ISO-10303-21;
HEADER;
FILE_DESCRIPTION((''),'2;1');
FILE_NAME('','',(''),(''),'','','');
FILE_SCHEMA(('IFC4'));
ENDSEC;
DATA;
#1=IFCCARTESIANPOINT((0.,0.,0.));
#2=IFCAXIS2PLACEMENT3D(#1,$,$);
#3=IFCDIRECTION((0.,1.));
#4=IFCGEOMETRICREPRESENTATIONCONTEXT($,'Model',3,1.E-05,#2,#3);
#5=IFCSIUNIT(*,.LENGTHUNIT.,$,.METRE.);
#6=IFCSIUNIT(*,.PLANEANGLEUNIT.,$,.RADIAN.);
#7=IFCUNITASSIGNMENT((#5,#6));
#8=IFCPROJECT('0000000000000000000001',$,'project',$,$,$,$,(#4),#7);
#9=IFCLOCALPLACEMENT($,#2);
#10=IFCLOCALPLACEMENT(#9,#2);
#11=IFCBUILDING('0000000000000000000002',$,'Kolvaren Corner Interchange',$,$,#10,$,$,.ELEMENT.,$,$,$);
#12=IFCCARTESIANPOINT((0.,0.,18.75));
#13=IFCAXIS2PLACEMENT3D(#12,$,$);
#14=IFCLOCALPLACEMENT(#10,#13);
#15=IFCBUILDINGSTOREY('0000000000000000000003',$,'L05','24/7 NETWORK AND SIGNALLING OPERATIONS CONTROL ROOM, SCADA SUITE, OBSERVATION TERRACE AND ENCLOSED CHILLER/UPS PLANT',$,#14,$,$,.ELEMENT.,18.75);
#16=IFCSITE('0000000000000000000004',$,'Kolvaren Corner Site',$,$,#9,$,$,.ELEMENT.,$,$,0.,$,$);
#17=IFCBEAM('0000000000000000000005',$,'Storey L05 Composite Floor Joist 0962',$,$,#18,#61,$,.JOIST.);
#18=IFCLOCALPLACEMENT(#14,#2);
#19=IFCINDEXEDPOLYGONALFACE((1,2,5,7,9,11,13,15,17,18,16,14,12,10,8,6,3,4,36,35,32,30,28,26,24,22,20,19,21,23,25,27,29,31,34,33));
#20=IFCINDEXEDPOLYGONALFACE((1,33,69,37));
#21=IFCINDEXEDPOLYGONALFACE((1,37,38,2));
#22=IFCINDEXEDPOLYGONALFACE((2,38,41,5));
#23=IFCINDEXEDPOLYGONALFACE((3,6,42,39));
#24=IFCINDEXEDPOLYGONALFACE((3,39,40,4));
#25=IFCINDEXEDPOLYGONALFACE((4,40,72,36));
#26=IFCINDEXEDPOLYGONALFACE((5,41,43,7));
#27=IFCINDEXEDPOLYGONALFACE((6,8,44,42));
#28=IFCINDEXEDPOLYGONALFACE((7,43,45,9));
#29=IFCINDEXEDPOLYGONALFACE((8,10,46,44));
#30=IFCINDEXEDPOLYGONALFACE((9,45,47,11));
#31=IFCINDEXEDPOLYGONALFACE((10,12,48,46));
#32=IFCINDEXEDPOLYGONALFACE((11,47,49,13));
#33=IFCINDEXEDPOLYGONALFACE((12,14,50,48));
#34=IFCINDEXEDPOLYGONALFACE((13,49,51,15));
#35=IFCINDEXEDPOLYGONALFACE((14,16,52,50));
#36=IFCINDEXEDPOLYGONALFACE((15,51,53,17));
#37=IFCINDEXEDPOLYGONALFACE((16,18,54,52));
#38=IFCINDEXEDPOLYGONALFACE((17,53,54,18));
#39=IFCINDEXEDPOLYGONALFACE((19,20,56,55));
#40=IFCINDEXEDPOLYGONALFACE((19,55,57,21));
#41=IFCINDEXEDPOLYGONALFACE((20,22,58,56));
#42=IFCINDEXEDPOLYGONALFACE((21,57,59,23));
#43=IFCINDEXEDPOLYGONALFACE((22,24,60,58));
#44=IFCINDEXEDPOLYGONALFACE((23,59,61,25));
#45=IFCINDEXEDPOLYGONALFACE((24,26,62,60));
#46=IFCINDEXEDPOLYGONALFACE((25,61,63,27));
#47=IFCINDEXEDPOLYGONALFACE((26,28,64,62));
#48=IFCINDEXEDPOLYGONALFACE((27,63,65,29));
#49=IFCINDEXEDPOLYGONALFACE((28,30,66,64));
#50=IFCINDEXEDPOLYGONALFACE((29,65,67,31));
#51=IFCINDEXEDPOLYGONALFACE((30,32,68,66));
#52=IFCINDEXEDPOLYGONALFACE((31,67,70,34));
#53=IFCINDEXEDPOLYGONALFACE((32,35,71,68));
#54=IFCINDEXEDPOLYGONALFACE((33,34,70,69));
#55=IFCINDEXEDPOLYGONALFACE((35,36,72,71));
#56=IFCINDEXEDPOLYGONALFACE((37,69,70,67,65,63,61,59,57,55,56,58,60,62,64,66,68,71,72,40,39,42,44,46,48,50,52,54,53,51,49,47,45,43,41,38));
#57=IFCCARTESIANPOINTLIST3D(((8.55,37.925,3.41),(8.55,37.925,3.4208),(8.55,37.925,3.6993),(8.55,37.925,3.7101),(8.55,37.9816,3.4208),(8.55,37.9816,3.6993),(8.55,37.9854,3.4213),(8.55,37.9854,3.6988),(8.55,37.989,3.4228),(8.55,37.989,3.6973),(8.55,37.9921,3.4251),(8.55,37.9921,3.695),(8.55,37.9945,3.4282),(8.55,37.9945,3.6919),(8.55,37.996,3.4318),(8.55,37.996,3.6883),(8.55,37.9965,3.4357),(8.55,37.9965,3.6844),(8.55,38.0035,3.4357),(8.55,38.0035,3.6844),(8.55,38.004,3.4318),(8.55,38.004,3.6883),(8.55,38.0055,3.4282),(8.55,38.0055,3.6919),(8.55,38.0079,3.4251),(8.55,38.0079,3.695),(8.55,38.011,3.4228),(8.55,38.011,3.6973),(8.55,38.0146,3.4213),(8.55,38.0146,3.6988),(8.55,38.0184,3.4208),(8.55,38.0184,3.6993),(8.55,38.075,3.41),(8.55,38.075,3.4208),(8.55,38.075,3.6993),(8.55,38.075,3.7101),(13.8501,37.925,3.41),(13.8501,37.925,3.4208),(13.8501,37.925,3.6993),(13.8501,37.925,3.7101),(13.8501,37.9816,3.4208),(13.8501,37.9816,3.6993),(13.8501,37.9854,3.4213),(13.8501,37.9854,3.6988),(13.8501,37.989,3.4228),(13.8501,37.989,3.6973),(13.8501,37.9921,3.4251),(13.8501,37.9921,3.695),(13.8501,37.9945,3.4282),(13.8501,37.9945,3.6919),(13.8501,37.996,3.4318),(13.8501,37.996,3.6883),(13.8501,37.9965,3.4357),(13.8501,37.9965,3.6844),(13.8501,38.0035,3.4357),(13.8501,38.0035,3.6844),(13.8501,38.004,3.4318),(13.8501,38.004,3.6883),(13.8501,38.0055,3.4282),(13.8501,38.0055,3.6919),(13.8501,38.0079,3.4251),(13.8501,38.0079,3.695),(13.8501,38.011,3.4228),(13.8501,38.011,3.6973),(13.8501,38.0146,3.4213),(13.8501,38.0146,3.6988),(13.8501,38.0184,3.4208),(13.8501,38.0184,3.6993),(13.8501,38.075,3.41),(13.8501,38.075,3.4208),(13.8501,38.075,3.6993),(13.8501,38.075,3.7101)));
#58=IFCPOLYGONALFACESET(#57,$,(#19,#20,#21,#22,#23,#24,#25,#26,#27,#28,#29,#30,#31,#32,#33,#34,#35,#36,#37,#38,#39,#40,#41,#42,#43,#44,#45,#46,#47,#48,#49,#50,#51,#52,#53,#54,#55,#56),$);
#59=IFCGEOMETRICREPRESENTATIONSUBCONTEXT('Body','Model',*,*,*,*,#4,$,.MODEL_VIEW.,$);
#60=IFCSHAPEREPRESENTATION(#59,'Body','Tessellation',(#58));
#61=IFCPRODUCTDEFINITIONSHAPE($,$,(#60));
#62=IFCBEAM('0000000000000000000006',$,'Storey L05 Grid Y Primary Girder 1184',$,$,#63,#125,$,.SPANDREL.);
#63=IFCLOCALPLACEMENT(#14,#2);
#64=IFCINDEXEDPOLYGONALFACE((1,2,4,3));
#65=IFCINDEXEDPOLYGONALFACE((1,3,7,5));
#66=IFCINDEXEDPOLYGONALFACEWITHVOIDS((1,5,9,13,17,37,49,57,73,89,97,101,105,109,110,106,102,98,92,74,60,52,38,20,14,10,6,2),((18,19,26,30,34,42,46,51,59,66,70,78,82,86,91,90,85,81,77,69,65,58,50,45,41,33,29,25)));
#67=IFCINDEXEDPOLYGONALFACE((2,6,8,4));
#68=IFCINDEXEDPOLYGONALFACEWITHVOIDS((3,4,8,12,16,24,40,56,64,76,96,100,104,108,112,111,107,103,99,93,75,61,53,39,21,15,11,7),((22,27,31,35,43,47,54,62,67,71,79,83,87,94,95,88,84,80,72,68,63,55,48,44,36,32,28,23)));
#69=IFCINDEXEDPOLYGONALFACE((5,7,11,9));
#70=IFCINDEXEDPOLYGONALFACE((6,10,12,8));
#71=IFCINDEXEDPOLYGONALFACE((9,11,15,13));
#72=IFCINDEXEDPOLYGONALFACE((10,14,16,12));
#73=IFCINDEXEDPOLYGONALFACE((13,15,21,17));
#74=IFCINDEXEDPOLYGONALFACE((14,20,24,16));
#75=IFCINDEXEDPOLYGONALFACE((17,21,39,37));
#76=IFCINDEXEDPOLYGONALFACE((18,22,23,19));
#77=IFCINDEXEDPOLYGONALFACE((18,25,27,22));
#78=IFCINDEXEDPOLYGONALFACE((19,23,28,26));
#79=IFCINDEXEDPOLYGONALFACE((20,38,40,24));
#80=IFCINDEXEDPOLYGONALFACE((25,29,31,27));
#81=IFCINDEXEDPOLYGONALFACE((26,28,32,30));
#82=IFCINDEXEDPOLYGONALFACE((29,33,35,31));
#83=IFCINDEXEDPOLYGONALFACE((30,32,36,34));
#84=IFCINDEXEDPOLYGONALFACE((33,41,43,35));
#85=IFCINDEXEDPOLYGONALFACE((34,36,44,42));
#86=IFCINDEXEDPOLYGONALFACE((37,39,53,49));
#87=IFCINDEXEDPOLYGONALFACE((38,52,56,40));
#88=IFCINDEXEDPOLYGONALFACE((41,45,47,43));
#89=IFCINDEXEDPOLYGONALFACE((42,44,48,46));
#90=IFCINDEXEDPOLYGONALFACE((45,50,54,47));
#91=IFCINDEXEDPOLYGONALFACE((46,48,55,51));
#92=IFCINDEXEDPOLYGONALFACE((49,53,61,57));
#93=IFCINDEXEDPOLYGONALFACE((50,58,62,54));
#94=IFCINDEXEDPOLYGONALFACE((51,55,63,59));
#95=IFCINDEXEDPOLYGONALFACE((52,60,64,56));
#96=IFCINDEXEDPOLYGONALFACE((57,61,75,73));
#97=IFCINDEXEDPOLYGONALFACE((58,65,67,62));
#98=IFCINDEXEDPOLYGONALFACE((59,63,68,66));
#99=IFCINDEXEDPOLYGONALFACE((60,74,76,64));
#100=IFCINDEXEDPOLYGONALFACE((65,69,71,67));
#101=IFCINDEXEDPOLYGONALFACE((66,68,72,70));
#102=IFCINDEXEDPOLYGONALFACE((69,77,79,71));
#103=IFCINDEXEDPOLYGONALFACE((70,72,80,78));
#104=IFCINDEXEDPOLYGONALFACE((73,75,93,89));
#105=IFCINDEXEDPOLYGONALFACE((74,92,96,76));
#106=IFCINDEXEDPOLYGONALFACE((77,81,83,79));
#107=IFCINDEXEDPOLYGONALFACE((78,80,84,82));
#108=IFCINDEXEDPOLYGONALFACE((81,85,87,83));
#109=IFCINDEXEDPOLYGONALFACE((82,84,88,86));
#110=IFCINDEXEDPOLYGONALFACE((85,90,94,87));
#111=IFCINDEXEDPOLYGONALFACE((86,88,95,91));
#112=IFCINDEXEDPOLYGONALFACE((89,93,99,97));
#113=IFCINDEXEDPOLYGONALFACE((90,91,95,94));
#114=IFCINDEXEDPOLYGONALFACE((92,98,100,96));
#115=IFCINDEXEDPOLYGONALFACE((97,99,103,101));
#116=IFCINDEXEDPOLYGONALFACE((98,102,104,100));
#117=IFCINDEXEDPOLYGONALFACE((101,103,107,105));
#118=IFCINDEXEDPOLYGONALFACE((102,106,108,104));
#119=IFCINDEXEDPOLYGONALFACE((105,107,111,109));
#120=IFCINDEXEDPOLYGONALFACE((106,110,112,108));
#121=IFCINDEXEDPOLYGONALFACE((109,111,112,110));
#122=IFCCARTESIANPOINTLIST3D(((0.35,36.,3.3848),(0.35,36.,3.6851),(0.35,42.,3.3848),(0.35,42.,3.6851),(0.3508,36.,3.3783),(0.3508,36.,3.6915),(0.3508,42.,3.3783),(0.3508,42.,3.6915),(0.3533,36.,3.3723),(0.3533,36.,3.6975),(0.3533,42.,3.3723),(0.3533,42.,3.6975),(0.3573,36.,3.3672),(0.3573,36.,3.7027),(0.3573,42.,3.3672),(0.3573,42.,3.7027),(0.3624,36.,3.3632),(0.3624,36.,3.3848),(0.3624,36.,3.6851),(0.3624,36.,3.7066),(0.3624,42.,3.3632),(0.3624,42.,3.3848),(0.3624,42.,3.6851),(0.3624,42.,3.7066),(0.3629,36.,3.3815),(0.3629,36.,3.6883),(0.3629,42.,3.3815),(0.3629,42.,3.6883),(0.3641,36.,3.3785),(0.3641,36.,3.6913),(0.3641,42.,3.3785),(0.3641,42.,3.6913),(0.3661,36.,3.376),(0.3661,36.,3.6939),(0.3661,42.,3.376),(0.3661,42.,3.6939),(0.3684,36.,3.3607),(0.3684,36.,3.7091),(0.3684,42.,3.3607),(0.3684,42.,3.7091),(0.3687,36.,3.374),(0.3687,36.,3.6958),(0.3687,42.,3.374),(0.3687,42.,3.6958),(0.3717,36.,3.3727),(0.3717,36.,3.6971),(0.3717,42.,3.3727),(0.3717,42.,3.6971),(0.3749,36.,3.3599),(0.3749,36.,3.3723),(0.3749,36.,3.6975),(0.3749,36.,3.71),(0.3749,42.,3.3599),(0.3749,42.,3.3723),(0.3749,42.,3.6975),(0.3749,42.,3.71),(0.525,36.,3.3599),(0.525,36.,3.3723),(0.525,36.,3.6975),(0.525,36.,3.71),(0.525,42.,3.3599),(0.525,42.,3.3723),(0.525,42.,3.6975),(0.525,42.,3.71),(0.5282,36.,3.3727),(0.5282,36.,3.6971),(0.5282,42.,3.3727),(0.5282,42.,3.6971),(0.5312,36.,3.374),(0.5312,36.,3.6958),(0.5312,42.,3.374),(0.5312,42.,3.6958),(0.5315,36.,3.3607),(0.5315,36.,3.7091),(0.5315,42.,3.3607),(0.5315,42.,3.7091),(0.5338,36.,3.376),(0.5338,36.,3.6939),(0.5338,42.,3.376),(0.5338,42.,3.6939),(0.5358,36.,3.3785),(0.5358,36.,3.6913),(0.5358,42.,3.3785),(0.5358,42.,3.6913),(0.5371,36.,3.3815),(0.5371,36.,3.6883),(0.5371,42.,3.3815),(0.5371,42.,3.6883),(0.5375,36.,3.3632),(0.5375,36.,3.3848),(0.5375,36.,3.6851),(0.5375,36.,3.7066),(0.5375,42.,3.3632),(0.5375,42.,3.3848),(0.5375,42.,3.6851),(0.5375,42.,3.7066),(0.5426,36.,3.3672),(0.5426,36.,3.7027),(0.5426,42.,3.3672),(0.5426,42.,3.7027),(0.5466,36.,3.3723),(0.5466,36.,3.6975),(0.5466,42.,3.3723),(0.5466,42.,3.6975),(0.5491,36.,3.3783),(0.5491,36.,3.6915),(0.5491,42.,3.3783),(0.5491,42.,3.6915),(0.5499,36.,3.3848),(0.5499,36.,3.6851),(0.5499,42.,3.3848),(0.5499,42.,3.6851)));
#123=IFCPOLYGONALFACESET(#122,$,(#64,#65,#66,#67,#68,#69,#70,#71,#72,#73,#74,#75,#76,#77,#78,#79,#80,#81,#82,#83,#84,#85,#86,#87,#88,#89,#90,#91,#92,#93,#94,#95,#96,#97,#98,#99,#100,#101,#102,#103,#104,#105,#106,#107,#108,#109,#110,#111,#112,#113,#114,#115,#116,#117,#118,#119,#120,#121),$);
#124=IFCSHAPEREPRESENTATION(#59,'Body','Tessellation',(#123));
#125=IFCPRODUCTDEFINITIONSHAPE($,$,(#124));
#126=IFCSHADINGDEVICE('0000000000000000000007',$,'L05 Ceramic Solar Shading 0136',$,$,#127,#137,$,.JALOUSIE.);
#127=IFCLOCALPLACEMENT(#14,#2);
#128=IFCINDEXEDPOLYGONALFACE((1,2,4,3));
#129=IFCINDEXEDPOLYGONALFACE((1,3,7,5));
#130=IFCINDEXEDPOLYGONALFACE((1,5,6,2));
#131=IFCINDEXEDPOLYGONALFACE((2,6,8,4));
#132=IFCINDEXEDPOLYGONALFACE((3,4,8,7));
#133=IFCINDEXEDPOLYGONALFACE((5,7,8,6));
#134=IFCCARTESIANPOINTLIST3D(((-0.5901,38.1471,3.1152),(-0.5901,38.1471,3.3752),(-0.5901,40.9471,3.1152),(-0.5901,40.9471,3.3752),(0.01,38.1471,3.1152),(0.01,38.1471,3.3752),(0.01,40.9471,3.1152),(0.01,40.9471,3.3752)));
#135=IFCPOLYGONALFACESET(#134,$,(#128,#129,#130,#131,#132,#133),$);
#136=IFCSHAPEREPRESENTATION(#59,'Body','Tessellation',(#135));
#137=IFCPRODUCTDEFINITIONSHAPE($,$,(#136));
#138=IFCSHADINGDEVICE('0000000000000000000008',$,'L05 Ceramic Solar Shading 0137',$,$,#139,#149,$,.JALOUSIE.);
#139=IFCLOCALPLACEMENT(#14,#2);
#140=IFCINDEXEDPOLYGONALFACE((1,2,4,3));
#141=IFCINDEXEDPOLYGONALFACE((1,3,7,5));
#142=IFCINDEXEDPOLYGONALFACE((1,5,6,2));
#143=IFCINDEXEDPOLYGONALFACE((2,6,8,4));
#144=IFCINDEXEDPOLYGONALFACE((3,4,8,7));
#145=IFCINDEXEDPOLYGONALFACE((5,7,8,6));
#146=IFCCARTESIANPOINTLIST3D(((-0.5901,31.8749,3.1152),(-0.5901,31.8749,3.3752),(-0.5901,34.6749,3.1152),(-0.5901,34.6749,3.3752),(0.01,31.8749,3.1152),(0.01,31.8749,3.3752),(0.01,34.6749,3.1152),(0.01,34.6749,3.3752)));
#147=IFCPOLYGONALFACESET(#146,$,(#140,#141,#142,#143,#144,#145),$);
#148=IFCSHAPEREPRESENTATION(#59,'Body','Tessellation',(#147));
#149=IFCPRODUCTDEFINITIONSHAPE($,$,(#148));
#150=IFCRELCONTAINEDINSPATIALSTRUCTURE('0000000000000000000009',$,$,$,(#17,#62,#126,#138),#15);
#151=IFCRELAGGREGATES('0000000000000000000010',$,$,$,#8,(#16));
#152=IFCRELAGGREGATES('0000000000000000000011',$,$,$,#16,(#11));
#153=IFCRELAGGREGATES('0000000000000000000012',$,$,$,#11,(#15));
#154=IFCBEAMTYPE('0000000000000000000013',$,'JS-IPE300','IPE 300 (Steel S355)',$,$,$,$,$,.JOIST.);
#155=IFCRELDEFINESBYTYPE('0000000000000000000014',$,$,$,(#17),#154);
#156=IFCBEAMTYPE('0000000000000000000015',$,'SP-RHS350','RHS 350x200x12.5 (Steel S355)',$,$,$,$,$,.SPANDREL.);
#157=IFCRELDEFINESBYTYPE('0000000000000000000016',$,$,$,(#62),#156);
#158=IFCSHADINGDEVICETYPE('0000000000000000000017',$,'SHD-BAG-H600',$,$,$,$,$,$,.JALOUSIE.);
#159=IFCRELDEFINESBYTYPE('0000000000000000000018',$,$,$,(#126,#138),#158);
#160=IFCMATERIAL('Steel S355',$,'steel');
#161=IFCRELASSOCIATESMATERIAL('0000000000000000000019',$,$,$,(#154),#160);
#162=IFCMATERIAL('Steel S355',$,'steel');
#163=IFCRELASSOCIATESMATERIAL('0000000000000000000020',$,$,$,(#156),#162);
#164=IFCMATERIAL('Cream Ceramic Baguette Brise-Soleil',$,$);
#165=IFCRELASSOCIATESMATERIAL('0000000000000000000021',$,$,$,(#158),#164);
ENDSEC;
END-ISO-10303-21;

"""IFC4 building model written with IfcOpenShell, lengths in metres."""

from ifc_helpers import new_model, si_unit, direction, frame, origin, origin_2d, place, context, subcontext, project, spatial, rectangle, hollow_rectangle, i_section, extrude, material, material_profile, profile_set, type_object, element, save


model = new_model("IFC4")

# Units and contexts
model_context = context("Model", 3, precision=1e-05, world=origin(), true_north=direction((0.0, 1.0)))
body_context = subcontext(model_context, "Body", "Model", "MODEL_VIEW")
ifc_project = project(units=[si_unit("LENGTHUNIT", "METRE"), si_unit("PLANEANGLEUNIT", "RADIAN")], contexts=[model_context])

# Site, building, storey
site_placement = place(None, origin())
site = spatial("IfcSite", under=ifc_project, at=site_placement, Name="Kolvaren Corner Site", CompositionType="ELEMENT", RefElevation=0.0)
building_placement = place(site_placement, origin())
building = spatial("IfcBuilding", under=site, at=building_placement, Name="Kolvaren Corner Interchange", CompositionType="ELEMENT")
storey_placement = place(building_placement, frame((0.0, 0.0, 18.75)))
storey = spatial("IfcBuildingStorey", under=building, at=storey_placement, Name="L05", Description="24/7 NETWORK AND SIGNALLING OPERATIONS CONTROL ROOM, SCADA SUITE, OBSERVATION TERRACE AND ENCLOSED CHILLER/UPS PLANT", CompositionType="ELEMENT", Elevation=18.75)

# Beams
ifc_material_1 = material(Name="Steel S355", Category="steel")
ifc_material_profile_1 = material_profile(ifc_material_1, i_section(OverallWidth=0.1499, OverallDepth=0.3, WebThickness=0.0071, FlangeThickness=0.0107, FilletRadius=0.0149, at=origin_2d()), Name="IPE 300")
ifc_profile_set_1 = profile_set([ifc_material_profile_1], Name="Steel S355")
beam_type_1 = type_object("IfcBeamType", Name="JS-IPE300", Description="IPE 300 (Steel S355)", PredefinedType="JOIST", material=ifc_profile_set_1)
for number, where, z_axis, x_axis, name in (
    (1, (8.55, 38.0, 3.5601), (1.0, 0.0, 0.0), (0.0, 1.0, 0.0), "Storey L05 Composite Floor Joist 0962"),
):
    element("IfcBeam", number, at=place(storey_placement, frame(where, z_axis=z_axis, x_axis=x_axis)), inside=storey, type_object=beam_type_1, Name=name, PredefinedType="JOIST", context=body_context, shape_type="SweptSolid", body=[
        extrude(i_section(OverallWidth=0.1499, OverallDepth=0.3, WebThickness=0.0071, FlangeThickness=0.0107, FilletRadius=0.0149, at=origin_2d()), origin(), (0.0, 0.0, 1.0), 5.3),
    ])
ifc_material_2 = material(Name="Steel S355", Category="steel")
ifc_material_profile_2 = material_profile(ifc_material_2, hollow_rectangle(XDim=0.2, YDim=0.3501, WallThickness=0.0125, InnerFilletRadius=0.0125, OuterFilletRadius=0.0249, at=origin_2d()), Name="RHS 350x200x12.5")
ifc_profile_set_2 = profile_set([ifc_material_profile_2], Name="Steel S355")
beam_type_2 = type_object("IfcBeamType", Name="SP-RHS350", Description="RHS 350x200x12.5 (Steel S355)", PredefinedType="SPANDREL", material=ifc_profile_set_2)
beam_1_placement = place(storey_placement, frame((0.45, 36.0, 3.5349), z_axis=(0.0, 1.0, 0.0), x_axis=(-1.0, 0.0, 0.0)))
element("IfcBeam", 2, at=beam_1_placement, inside=storey, type_object=beam_type_2, Name="Storey L05 Grid Y Primary Girder 1184", PredefinedType="SPANDREL", context=body_context, shape_type="SweptSolid", body=[
    extrude(hollow_rectangle(XDim=0.2, YDim=0.3501, WallThickness=0.0125, InnerFilletRadius=0.0125, OuterFilletRadius=0.0249, at=origin_2d()), origin(), (0.0, 0.0, 1.0), 6.0),
])

# Shading devices
ifc_material_3 = material(Name="Cream Ceramic Baguette Brise-Soleil")
shading_device_type = type_object("IfcShadingDeviceType", Name="SHD-BAG-H600", PredefinedType="JALOUSIE", material=ifc_material_3)
for number, where, z_axis, x_axis, name in (
    (3, (-0.29, 39.5471, 3.1152), (0.0, 0.0, 1.0), (0.0, -1.0, 0.0), "L05 Ceramic Solar Shading 0136"),
    (4, (-0.29, 33.2749, 3.1152), (0.0, 0.0, 1.0), (0.0, -1.0, 0.0), "L05 Ceramic Solar Shading 0137"),
):
    element("IfcShadingDevice", number, at=place(storey_placement, frame(where, z_axis=z_axis, x_axis=x_axis)), inside=storey, type_object=shading_device_type, Name=name, PredefinedType="JALOUSIE", context=body_context, shape_type="SweptSolid", body=[
        extrude(rectangle(XDim=2.8, YDim=0.6001, at=origin_2d()), origin(), (0.0, 0.0, 1.0), 0.26),
    ])

save(model, "model.ifc")
